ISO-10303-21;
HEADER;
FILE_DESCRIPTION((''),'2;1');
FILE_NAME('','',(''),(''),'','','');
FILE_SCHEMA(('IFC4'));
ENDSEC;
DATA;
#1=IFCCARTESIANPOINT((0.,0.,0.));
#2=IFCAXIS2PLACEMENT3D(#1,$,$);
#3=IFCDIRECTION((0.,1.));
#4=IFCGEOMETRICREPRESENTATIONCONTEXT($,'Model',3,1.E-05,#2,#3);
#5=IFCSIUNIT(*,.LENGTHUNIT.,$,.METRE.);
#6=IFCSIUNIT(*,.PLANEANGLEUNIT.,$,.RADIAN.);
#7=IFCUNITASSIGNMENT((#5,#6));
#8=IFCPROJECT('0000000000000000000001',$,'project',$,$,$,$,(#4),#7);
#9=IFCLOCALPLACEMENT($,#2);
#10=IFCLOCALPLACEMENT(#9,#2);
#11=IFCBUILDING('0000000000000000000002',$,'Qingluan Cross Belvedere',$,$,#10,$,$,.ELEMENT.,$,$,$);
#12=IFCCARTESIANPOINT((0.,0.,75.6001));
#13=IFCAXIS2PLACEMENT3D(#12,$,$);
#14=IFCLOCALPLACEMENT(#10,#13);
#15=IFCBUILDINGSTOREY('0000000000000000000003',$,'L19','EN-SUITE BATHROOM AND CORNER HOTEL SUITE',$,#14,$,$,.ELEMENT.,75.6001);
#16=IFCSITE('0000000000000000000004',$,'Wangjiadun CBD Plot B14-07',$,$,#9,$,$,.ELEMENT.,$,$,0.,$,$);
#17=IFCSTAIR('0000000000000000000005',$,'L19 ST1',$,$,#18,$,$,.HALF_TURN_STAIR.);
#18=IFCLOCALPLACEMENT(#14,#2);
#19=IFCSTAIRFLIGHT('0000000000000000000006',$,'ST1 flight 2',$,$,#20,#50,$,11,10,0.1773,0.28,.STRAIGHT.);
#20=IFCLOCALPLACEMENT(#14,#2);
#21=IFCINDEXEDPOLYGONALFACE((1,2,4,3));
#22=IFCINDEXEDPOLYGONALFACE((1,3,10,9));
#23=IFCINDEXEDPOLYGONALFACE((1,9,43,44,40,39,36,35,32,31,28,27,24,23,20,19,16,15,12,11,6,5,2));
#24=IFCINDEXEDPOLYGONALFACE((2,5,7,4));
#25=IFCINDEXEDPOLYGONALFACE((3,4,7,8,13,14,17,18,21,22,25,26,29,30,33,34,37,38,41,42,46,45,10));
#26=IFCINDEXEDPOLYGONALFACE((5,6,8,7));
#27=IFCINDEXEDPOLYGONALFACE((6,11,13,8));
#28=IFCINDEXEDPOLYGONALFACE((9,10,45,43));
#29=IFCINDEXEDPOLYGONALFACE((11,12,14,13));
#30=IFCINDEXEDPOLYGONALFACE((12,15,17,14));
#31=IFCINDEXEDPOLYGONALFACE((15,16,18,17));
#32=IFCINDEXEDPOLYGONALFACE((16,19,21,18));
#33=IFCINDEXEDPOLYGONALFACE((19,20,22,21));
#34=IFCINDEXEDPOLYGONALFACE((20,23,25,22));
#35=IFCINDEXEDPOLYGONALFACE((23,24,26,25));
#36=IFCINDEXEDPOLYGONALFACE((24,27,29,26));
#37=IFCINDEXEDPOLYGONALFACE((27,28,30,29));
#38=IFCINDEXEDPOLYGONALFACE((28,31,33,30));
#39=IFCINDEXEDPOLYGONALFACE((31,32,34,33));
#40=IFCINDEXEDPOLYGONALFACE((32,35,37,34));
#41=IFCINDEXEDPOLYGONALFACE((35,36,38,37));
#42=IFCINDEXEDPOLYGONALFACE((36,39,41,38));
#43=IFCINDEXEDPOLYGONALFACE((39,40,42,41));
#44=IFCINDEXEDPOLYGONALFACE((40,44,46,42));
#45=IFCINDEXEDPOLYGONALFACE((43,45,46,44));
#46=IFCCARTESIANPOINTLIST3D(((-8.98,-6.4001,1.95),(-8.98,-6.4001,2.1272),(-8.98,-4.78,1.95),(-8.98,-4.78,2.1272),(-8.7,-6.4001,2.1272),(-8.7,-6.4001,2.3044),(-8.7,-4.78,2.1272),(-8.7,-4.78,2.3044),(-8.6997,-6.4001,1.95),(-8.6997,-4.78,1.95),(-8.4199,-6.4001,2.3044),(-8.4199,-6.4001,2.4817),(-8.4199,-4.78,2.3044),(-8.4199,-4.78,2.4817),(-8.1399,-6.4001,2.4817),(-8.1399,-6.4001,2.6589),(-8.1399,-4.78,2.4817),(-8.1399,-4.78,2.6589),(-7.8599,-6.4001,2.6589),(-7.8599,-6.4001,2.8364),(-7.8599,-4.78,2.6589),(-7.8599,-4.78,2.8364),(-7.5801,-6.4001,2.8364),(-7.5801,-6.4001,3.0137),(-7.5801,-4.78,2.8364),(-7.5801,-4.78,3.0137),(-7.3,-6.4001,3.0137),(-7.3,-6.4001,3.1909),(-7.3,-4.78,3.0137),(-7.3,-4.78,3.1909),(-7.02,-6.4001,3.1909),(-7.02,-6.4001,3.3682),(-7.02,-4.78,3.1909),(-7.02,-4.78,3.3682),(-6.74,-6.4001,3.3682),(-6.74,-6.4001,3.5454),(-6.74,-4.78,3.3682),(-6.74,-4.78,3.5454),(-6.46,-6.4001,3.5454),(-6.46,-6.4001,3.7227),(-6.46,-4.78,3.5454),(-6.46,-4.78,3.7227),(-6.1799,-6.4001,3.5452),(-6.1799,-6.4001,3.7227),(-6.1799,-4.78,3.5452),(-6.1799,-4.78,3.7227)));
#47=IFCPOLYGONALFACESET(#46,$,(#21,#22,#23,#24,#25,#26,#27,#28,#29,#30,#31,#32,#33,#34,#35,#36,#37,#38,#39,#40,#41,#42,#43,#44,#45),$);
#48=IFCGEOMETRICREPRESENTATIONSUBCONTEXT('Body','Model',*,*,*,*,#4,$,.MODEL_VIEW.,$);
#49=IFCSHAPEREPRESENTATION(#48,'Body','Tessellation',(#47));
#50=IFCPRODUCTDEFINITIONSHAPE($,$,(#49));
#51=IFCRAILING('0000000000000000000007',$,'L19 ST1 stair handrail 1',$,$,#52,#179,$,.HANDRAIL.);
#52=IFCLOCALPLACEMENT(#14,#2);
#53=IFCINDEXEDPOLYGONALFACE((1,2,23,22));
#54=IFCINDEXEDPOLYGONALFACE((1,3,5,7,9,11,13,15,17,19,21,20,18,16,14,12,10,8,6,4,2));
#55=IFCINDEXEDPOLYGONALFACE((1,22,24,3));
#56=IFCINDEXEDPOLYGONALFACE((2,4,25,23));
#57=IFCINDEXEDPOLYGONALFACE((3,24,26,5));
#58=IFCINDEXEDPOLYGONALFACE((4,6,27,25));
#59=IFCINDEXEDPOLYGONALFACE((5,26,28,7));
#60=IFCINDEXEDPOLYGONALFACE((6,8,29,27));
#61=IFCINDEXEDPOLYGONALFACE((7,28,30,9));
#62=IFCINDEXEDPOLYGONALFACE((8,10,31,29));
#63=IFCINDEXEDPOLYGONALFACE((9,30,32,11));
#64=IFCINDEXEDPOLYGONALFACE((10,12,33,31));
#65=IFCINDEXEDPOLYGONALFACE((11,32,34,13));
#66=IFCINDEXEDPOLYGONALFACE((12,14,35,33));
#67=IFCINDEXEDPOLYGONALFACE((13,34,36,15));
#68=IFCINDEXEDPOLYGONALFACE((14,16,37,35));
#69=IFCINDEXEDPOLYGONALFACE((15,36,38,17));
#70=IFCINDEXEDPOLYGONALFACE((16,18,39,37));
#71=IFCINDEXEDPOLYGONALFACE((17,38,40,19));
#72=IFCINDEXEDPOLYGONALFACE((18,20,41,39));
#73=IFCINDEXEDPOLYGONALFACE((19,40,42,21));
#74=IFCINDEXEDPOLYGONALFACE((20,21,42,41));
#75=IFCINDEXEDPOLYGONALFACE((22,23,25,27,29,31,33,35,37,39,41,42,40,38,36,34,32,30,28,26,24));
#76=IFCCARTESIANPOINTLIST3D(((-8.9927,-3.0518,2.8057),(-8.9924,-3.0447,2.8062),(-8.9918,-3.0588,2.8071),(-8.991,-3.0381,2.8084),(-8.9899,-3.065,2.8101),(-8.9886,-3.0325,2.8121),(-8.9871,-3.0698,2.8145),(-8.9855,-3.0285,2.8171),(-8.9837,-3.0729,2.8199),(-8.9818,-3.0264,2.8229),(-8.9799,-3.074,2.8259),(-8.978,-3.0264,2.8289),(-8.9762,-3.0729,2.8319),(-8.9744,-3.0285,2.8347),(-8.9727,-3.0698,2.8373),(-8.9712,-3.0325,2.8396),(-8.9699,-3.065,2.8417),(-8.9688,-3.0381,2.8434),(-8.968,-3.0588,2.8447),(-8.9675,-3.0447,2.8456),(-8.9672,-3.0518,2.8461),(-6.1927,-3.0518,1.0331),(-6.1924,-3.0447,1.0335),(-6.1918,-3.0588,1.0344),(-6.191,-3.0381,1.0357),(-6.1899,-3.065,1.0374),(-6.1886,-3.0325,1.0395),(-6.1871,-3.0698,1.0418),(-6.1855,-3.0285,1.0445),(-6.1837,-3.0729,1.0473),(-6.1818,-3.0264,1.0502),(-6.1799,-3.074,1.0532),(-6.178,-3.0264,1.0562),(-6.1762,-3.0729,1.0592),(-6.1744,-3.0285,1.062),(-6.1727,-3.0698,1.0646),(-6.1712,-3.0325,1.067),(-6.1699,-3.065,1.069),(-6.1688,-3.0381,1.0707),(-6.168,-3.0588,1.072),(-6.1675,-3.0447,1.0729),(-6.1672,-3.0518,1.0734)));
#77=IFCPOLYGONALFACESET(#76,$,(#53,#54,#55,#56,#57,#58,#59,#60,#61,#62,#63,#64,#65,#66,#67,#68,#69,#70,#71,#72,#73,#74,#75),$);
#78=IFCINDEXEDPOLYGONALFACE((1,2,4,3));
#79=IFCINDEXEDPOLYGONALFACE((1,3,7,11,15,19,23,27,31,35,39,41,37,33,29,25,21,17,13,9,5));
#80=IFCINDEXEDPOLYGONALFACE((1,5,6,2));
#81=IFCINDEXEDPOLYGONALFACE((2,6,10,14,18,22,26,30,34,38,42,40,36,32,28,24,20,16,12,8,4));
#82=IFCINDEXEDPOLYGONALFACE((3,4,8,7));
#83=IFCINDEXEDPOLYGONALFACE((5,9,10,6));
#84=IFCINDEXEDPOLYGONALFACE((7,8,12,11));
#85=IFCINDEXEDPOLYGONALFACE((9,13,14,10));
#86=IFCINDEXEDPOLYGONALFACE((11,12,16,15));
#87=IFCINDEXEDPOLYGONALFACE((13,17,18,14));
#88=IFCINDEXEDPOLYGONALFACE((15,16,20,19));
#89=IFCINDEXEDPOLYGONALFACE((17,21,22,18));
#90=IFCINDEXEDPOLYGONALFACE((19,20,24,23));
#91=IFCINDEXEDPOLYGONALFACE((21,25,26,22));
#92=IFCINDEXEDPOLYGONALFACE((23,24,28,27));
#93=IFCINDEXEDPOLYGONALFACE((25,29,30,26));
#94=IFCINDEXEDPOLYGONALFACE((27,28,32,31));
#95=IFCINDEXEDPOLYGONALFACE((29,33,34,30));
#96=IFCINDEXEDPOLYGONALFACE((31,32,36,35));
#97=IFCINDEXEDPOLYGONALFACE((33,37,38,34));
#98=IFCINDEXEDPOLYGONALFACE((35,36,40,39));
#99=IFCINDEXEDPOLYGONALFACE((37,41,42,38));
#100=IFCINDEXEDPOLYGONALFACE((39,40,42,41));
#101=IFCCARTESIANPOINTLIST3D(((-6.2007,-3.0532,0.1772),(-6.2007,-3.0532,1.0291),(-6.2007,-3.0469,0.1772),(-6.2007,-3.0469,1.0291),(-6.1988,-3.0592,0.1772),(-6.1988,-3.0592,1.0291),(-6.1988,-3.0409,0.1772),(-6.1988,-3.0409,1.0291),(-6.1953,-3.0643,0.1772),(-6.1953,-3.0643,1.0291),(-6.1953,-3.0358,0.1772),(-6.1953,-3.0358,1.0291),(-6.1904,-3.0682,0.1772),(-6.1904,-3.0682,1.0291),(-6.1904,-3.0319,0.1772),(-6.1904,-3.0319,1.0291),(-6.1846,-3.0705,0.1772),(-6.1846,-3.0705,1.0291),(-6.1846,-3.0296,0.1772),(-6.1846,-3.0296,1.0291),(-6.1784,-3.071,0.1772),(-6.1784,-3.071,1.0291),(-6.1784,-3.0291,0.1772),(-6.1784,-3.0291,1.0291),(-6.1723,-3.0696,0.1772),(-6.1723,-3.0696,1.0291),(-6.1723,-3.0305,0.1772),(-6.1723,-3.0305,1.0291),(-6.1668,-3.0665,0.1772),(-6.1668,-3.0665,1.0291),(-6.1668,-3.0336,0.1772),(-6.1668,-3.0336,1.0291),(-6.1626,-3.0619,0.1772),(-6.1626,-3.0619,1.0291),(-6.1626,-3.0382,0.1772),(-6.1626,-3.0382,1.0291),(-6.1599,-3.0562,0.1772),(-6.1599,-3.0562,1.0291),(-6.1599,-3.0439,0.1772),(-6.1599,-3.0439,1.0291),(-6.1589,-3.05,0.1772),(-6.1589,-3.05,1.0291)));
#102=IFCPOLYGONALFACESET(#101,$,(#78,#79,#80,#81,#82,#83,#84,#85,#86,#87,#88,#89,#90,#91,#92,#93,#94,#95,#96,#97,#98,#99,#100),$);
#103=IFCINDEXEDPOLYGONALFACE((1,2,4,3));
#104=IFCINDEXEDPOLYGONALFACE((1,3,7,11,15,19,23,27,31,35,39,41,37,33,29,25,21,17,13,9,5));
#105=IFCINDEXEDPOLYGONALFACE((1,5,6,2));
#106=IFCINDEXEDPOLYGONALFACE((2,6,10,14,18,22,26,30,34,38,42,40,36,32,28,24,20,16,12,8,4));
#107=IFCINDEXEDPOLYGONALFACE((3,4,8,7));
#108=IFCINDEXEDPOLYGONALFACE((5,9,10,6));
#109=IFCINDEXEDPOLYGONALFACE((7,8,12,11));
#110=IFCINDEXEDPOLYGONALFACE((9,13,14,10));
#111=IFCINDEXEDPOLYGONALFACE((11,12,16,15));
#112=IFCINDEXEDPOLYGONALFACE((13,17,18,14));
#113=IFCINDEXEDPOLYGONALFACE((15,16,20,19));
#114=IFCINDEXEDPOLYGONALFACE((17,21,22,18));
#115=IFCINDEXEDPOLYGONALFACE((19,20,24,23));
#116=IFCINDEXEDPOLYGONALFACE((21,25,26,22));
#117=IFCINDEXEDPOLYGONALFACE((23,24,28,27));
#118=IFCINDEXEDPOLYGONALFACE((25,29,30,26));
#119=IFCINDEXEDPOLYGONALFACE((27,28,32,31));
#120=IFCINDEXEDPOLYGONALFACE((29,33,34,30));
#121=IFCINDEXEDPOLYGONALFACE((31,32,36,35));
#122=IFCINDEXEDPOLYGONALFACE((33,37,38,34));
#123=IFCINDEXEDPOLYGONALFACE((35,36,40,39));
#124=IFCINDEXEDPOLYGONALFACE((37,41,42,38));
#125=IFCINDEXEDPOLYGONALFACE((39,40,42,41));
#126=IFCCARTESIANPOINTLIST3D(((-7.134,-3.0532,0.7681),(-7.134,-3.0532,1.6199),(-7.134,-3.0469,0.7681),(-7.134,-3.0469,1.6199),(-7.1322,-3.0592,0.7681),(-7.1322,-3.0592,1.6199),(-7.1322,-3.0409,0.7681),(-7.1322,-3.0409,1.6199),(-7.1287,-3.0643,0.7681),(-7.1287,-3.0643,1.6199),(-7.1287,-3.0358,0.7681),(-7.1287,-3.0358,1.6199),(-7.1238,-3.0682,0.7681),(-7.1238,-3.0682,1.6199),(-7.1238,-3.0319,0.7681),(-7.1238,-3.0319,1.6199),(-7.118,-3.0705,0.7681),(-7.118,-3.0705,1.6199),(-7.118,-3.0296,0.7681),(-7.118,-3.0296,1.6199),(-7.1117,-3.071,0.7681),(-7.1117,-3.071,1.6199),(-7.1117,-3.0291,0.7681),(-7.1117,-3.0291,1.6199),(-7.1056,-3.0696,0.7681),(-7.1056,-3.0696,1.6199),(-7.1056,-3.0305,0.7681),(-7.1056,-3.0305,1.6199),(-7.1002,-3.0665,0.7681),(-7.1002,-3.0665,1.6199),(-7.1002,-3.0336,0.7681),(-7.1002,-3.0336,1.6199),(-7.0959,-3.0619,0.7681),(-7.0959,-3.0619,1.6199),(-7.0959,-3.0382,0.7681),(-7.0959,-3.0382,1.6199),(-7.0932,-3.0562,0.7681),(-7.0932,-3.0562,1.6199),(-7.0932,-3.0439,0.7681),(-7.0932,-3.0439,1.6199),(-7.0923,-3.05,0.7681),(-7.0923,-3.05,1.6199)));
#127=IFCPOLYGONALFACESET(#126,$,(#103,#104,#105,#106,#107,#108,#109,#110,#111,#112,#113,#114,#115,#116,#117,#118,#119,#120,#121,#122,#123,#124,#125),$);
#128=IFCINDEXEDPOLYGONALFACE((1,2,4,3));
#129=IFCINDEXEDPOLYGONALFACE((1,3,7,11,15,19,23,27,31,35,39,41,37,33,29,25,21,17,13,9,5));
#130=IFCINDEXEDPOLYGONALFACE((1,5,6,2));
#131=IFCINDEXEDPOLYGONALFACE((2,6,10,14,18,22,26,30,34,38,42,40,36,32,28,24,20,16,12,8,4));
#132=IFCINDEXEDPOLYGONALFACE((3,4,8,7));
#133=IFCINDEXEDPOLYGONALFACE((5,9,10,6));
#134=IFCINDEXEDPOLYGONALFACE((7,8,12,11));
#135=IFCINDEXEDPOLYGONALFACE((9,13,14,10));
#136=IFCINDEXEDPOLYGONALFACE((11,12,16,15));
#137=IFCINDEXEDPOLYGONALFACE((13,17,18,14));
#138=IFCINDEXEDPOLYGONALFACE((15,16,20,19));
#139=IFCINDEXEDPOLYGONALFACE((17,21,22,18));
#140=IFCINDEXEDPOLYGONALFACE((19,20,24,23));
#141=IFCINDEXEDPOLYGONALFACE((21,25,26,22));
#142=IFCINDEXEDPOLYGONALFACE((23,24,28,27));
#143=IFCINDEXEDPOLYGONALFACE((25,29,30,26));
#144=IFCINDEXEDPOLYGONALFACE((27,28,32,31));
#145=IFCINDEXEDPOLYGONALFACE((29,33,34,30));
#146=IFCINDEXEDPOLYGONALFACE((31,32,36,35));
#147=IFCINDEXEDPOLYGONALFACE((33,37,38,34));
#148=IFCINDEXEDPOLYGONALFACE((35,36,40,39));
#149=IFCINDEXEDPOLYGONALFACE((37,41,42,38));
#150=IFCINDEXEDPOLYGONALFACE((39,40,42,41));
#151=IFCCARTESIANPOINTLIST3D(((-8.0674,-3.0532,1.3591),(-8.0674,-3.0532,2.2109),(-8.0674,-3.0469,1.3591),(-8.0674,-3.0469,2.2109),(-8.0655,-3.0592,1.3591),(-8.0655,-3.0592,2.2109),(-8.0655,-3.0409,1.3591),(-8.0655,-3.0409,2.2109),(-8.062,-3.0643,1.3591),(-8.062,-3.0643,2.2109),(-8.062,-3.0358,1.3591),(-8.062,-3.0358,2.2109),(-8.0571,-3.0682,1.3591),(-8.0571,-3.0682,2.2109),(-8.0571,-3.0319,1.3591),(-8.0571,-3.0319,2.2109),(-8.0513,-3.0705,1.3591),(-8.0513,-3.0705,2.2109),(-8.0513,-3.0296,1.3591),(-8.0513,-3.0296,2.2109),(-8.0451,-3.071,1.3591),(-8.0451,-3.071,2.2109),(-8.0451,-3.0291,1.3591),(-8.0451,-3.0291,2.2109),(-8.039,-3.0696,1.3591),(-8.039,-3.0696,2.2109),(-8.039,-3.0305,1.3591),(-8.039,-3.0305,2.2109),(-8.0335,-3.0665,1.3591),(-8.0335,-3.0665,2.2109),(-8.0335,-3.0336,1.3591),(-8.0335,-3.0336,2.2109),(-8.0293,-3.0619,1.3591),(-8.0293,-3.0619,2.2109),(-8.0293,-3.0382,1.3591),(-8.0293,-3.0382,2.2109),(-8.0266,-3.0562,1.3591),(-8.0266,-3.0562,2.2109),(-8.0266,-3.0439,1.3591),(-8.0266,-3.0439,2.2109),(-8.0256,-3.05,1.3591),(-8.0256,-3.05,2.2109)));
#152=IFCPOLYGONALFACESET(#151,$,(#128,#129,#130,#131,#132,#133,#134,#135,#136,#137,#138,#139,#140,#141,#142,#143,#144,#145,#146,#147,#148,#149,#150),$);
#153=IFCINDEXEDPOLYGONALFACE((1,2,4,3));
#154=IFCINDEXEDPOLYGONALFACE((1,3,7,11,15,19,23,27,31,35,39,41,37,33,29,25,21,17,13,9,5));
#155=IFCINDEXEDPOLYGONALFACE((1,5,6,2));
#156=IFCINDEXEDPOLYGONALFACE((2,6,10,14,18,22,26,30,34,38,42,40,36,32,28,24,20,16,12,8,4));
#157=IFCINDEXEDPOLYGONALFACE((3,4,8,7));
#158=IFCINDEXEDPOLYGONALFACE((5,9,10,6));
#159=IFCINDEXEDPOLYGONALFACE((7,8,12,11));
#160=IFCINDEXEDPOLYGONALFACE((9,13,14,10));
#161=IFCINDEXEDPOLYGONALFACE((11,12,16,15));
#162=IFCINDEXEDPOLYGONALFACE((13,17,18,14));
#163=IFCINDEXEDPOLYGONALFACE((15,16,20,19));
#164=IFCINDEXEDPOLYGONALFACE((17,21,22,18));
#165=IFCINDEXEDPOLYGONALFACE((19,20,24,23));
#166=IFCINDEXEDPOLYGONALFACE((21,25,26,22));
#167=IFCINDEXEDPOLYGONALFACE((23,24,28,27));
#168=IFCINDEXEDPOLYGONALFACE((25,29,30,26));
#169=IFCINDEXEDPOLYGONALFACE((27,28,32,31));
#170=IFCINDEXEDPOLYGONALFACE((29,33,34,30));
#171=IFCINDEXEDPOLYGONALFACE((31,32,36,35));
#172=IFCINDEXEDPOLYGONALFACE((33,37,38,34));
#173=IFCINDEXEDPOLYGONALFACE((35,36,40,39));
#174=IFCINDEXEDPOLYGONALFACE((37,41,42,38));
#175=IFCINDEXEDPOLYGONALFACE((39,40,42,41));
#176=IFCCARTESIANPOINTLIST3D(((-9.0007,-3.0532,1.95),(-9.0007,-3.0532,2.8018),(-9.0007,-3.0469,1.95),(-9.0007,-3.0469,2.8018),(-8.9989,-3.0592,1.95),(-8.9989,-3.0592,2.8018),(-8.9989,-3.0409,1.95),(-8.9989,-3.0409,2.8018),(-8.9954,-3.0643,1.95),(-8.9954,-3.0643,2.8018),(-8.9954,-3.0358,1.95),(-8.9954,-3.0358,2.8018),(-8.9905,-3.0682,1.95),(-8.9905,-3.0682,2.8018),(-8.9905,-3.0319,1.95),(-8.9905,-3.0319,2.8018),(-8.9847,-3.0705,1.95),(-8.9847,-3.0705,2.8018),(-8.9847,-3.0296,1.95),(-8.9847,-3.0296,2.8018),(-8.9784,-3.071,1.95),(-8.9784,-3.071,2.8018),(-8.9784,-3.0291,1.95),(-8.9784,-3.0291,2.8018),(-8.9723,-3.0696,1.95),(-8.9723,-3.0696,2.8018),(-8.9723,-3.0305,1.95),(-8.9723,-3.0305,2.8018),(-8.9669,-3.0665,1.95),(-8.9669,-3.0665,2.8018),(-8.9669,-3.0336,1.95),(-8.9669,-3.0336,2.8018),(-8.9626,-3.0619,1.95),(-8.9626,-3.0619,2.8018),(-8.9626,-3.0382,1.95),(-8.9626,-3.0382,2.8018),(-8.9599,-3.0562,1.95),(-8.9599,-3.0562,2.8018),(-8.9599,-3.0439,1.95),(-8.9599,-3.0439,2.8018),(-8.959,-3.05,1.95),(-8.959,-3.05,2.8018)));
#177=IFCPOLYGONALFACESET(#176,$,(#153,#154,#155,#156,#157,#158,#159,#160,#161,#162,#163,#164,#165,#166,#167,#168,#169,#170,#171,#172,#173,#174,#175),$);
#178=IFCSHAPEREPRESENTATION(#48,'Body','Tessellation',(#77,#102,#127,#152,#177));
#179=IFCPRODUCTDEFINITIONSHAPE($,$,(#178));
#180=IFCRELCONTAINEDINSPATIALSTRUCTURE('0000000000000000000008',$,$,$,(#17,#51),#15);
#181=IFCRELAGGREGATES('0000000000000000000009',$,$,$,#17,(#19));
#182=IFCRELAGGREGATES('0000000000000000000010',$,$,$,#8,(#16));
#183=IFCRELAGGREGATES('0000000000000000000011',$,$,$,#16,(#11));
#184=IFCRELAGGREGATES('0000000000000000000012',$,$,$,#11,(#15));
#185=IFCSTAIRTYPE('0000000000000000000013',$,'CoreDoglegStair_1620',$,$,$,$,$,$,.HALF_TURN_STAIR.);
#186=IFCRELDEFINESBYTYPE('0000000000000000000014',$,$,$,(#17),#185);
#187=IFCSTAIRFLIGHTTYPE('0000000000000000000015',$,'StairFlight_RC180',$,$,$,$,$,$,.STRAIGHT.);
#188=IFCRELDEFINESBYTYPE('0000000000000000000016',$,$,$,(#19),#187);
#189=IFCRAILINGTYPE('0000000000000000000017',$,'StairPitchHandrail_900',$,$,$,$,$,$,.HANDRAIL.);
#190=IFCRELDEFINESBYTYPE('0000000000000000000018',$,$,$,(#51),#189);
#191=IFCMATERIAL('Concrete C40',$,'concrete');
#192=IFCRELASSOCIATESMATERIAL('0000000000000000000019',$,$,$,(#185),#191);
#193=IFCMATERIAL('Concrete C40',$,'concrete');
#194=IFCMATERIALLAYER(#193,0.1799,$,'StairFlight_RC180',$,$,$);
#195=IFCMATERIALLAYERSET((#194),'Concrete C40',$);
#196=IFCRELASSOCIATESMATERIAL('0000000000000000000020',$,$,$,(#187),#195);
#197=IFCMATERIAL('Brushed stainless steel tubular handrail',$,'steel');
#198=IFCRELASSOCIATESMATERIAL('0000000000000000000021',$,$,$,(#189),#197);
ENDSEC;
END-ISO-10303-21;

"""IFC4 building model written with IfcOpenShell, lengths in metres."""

from ifc_helpers import new_model, si_unit, direction, frame, origin, origin_2d, place, context, subcontext, project, spatial, polyline, circle, outline, extrude, material, layer, layer_set, type_object, element, aggregate, save


model = new_model("IFC4")

# Units and contexts
model_context = context("Model", 3, precision=1e-05, world=origin(), true_north=direction((0.0, 1.0)))
body_context = subcontext(model_context, "Body", "Model", "MODEL_VIEW")
ifc_project = project(units=[si_unit("LENGTHUNIT", "METRE"), si_unit("PLANEANGLEUNIT", "RADIAN")], contexts=[model_context])

# Site, building, storey
site_placement = place(None, origin())
site = spatial("IfcSite", under=ifc_project, at=site_placement, Name="Wangjiadun CBD Plot B14-07", CompositionType="ELEMENT", RefElevation=0.0)
building_placement = place(site_placement, origin())
building = spatial("IfcBuilding", under=site, at=building_placement, Name="Qingluan Cross Belvedere", CompositionType="ELEMENT")
storey_placement = place(building_placement, frame((0.0, 0.0, 75.6001)))
storey = spatial("IfcBuildingStorey", under=building, at=storey_placement, Name="L19", Description="EN-SUITE BATHROOM AND CORNER HOTEL SUITE", CompositionType="ELEMENT", Elevation=75.6001)

# Stair, stair flight
ifc_material_1 = material(Name="Concrete C40", Category="concrete")
stair_type = type_object("IfcStairType", Name="CoreDoglegStair_1620", PredefinedType="HALF_TURN_STAIR", material=ifc_material_1)
stair_placement = place(storey_placement, origin())
stair = element("IfcStair", 1, at=stair_placement, inside=storey, type_object=stair_type, Name="L19 ST1", PredefinedType="HALF_TURN_STAIR")
ifc_material_2 = material(Name="Concrete C40", Category="concrete")
ifc_layer_1 = layer(ifc_material_2, 0.1799, Name="StairFlight_RC180")
ifc_layer_set_1 = layer_set([ifc_layer_1], Name="Concrete C40")
stair_flight_type = type_object("IfcStairFlightType", Name="StairFlight_RC180", PredefinedType="STRAIGHT", material=ifc_layer_set_1)
stair_flight_1_placement = place(storey_placement, frame((-8.98, -5.5901, 1.95), z_axis=(0.0, 0.0, 1.0), x_axis=(1.0, 0.0, 0.0)))
stair_flight_1 = element("IfcStairFlight", 2, at=stair_flight_1_placement, type_object=stair_flight_type, Name="ST1 flight 2", NumberOfRisers=11, NumberOfTreads=10, PredefinedType="STRAIGHT", RiserHeight=0.1773, TreadLength=0.28, context=body_context, shape_type="SweptSolid", body=[
    extrude(outline(polyline([(0.0, 0.0), (0.0, 0.1772), (0.28, 0.1772), (0.28, 0.3545), (0.5601, 0.3545), (0.5601, 0.5317), (0.8401, 0.5317), (0.8401, 0.709), (1.1201, 0.709), (1.1201, 0.8865), (1.3999, 0.8865), (1.3999, 1.0637), (1.6799, 1.0637), (1.6799, 1.241), (1.96, 1.241), (1.96, 1.4182), (2.24, 1.4182), (2.24, 1.5955), (2.52, 1.5955), (2.52, 1.7727), (2.8, 1.7727), (2.8, 1.95), (2.8, 1.5952), (0.2803, 0.0), (0.0, 0.0)])), frame((0.0, 0.8101, 0.0), z_axis=(0.0, -1.0, 0.0), x_axis=(1.0, 0.0, 0.0)), (0.0, 0.0, 1.0), 1.6201),
])
aggregate(stair, [stair_flight_1])

# Railing
ifc_material_3 = material(Name="Brushed stainless steel tubular handrail", Category="steel")
railing_type_1 = type_object("IfcRailingType", Name="StairPitchHandrail_900", PredefinedType="HANDRAIL", material=ifc_material_3)
railing_1_placement = place(storey_placement, frame((-6.1799, -3.05, 0.1772)))
element("IfcRailing", 3, at=railing_1_placement, inside=storey, type_object=railing_type_1, Name="L19 ST1 stair handrail 1", PredefinedType="HANDRAIL", context=body_context, shape_type="SweptSolid", body=[
    extrude(circle(Radius=0.0239, at=origin_2d()), frame((0.0, 0.0, 0.876), z_axis=(-0.844909, 0.0, 0.53491), x_axis=(0.0, -1.0, 0.0)), (0.0, 0.0, 1.0), 3.314),
    extrude(circle(Radius=0.021, at=origin_2d()), origin(), (0.0, 0.0, 1.0), 0.8518),
    extrude(circle(Radius=0.021, at=origin_2d()), frame((-0.9333, 0.0, 0.5908)), (0.0, 0.0, 1.0), 0.8518),
    extrude(circle(Radius=0.021, at=origin_2d()), frame((-1.8667, 0.0, 1.1819)), (0.0, 0.0, 1.0), 0.8518),
    extrude(circle(Radius=0.021, at=origin_2d()), frame((-2.8, 0.0, 1.7727)), (0.0, 0.0, 1.0), 0.8518),
])

save(model, "model.ifc")
